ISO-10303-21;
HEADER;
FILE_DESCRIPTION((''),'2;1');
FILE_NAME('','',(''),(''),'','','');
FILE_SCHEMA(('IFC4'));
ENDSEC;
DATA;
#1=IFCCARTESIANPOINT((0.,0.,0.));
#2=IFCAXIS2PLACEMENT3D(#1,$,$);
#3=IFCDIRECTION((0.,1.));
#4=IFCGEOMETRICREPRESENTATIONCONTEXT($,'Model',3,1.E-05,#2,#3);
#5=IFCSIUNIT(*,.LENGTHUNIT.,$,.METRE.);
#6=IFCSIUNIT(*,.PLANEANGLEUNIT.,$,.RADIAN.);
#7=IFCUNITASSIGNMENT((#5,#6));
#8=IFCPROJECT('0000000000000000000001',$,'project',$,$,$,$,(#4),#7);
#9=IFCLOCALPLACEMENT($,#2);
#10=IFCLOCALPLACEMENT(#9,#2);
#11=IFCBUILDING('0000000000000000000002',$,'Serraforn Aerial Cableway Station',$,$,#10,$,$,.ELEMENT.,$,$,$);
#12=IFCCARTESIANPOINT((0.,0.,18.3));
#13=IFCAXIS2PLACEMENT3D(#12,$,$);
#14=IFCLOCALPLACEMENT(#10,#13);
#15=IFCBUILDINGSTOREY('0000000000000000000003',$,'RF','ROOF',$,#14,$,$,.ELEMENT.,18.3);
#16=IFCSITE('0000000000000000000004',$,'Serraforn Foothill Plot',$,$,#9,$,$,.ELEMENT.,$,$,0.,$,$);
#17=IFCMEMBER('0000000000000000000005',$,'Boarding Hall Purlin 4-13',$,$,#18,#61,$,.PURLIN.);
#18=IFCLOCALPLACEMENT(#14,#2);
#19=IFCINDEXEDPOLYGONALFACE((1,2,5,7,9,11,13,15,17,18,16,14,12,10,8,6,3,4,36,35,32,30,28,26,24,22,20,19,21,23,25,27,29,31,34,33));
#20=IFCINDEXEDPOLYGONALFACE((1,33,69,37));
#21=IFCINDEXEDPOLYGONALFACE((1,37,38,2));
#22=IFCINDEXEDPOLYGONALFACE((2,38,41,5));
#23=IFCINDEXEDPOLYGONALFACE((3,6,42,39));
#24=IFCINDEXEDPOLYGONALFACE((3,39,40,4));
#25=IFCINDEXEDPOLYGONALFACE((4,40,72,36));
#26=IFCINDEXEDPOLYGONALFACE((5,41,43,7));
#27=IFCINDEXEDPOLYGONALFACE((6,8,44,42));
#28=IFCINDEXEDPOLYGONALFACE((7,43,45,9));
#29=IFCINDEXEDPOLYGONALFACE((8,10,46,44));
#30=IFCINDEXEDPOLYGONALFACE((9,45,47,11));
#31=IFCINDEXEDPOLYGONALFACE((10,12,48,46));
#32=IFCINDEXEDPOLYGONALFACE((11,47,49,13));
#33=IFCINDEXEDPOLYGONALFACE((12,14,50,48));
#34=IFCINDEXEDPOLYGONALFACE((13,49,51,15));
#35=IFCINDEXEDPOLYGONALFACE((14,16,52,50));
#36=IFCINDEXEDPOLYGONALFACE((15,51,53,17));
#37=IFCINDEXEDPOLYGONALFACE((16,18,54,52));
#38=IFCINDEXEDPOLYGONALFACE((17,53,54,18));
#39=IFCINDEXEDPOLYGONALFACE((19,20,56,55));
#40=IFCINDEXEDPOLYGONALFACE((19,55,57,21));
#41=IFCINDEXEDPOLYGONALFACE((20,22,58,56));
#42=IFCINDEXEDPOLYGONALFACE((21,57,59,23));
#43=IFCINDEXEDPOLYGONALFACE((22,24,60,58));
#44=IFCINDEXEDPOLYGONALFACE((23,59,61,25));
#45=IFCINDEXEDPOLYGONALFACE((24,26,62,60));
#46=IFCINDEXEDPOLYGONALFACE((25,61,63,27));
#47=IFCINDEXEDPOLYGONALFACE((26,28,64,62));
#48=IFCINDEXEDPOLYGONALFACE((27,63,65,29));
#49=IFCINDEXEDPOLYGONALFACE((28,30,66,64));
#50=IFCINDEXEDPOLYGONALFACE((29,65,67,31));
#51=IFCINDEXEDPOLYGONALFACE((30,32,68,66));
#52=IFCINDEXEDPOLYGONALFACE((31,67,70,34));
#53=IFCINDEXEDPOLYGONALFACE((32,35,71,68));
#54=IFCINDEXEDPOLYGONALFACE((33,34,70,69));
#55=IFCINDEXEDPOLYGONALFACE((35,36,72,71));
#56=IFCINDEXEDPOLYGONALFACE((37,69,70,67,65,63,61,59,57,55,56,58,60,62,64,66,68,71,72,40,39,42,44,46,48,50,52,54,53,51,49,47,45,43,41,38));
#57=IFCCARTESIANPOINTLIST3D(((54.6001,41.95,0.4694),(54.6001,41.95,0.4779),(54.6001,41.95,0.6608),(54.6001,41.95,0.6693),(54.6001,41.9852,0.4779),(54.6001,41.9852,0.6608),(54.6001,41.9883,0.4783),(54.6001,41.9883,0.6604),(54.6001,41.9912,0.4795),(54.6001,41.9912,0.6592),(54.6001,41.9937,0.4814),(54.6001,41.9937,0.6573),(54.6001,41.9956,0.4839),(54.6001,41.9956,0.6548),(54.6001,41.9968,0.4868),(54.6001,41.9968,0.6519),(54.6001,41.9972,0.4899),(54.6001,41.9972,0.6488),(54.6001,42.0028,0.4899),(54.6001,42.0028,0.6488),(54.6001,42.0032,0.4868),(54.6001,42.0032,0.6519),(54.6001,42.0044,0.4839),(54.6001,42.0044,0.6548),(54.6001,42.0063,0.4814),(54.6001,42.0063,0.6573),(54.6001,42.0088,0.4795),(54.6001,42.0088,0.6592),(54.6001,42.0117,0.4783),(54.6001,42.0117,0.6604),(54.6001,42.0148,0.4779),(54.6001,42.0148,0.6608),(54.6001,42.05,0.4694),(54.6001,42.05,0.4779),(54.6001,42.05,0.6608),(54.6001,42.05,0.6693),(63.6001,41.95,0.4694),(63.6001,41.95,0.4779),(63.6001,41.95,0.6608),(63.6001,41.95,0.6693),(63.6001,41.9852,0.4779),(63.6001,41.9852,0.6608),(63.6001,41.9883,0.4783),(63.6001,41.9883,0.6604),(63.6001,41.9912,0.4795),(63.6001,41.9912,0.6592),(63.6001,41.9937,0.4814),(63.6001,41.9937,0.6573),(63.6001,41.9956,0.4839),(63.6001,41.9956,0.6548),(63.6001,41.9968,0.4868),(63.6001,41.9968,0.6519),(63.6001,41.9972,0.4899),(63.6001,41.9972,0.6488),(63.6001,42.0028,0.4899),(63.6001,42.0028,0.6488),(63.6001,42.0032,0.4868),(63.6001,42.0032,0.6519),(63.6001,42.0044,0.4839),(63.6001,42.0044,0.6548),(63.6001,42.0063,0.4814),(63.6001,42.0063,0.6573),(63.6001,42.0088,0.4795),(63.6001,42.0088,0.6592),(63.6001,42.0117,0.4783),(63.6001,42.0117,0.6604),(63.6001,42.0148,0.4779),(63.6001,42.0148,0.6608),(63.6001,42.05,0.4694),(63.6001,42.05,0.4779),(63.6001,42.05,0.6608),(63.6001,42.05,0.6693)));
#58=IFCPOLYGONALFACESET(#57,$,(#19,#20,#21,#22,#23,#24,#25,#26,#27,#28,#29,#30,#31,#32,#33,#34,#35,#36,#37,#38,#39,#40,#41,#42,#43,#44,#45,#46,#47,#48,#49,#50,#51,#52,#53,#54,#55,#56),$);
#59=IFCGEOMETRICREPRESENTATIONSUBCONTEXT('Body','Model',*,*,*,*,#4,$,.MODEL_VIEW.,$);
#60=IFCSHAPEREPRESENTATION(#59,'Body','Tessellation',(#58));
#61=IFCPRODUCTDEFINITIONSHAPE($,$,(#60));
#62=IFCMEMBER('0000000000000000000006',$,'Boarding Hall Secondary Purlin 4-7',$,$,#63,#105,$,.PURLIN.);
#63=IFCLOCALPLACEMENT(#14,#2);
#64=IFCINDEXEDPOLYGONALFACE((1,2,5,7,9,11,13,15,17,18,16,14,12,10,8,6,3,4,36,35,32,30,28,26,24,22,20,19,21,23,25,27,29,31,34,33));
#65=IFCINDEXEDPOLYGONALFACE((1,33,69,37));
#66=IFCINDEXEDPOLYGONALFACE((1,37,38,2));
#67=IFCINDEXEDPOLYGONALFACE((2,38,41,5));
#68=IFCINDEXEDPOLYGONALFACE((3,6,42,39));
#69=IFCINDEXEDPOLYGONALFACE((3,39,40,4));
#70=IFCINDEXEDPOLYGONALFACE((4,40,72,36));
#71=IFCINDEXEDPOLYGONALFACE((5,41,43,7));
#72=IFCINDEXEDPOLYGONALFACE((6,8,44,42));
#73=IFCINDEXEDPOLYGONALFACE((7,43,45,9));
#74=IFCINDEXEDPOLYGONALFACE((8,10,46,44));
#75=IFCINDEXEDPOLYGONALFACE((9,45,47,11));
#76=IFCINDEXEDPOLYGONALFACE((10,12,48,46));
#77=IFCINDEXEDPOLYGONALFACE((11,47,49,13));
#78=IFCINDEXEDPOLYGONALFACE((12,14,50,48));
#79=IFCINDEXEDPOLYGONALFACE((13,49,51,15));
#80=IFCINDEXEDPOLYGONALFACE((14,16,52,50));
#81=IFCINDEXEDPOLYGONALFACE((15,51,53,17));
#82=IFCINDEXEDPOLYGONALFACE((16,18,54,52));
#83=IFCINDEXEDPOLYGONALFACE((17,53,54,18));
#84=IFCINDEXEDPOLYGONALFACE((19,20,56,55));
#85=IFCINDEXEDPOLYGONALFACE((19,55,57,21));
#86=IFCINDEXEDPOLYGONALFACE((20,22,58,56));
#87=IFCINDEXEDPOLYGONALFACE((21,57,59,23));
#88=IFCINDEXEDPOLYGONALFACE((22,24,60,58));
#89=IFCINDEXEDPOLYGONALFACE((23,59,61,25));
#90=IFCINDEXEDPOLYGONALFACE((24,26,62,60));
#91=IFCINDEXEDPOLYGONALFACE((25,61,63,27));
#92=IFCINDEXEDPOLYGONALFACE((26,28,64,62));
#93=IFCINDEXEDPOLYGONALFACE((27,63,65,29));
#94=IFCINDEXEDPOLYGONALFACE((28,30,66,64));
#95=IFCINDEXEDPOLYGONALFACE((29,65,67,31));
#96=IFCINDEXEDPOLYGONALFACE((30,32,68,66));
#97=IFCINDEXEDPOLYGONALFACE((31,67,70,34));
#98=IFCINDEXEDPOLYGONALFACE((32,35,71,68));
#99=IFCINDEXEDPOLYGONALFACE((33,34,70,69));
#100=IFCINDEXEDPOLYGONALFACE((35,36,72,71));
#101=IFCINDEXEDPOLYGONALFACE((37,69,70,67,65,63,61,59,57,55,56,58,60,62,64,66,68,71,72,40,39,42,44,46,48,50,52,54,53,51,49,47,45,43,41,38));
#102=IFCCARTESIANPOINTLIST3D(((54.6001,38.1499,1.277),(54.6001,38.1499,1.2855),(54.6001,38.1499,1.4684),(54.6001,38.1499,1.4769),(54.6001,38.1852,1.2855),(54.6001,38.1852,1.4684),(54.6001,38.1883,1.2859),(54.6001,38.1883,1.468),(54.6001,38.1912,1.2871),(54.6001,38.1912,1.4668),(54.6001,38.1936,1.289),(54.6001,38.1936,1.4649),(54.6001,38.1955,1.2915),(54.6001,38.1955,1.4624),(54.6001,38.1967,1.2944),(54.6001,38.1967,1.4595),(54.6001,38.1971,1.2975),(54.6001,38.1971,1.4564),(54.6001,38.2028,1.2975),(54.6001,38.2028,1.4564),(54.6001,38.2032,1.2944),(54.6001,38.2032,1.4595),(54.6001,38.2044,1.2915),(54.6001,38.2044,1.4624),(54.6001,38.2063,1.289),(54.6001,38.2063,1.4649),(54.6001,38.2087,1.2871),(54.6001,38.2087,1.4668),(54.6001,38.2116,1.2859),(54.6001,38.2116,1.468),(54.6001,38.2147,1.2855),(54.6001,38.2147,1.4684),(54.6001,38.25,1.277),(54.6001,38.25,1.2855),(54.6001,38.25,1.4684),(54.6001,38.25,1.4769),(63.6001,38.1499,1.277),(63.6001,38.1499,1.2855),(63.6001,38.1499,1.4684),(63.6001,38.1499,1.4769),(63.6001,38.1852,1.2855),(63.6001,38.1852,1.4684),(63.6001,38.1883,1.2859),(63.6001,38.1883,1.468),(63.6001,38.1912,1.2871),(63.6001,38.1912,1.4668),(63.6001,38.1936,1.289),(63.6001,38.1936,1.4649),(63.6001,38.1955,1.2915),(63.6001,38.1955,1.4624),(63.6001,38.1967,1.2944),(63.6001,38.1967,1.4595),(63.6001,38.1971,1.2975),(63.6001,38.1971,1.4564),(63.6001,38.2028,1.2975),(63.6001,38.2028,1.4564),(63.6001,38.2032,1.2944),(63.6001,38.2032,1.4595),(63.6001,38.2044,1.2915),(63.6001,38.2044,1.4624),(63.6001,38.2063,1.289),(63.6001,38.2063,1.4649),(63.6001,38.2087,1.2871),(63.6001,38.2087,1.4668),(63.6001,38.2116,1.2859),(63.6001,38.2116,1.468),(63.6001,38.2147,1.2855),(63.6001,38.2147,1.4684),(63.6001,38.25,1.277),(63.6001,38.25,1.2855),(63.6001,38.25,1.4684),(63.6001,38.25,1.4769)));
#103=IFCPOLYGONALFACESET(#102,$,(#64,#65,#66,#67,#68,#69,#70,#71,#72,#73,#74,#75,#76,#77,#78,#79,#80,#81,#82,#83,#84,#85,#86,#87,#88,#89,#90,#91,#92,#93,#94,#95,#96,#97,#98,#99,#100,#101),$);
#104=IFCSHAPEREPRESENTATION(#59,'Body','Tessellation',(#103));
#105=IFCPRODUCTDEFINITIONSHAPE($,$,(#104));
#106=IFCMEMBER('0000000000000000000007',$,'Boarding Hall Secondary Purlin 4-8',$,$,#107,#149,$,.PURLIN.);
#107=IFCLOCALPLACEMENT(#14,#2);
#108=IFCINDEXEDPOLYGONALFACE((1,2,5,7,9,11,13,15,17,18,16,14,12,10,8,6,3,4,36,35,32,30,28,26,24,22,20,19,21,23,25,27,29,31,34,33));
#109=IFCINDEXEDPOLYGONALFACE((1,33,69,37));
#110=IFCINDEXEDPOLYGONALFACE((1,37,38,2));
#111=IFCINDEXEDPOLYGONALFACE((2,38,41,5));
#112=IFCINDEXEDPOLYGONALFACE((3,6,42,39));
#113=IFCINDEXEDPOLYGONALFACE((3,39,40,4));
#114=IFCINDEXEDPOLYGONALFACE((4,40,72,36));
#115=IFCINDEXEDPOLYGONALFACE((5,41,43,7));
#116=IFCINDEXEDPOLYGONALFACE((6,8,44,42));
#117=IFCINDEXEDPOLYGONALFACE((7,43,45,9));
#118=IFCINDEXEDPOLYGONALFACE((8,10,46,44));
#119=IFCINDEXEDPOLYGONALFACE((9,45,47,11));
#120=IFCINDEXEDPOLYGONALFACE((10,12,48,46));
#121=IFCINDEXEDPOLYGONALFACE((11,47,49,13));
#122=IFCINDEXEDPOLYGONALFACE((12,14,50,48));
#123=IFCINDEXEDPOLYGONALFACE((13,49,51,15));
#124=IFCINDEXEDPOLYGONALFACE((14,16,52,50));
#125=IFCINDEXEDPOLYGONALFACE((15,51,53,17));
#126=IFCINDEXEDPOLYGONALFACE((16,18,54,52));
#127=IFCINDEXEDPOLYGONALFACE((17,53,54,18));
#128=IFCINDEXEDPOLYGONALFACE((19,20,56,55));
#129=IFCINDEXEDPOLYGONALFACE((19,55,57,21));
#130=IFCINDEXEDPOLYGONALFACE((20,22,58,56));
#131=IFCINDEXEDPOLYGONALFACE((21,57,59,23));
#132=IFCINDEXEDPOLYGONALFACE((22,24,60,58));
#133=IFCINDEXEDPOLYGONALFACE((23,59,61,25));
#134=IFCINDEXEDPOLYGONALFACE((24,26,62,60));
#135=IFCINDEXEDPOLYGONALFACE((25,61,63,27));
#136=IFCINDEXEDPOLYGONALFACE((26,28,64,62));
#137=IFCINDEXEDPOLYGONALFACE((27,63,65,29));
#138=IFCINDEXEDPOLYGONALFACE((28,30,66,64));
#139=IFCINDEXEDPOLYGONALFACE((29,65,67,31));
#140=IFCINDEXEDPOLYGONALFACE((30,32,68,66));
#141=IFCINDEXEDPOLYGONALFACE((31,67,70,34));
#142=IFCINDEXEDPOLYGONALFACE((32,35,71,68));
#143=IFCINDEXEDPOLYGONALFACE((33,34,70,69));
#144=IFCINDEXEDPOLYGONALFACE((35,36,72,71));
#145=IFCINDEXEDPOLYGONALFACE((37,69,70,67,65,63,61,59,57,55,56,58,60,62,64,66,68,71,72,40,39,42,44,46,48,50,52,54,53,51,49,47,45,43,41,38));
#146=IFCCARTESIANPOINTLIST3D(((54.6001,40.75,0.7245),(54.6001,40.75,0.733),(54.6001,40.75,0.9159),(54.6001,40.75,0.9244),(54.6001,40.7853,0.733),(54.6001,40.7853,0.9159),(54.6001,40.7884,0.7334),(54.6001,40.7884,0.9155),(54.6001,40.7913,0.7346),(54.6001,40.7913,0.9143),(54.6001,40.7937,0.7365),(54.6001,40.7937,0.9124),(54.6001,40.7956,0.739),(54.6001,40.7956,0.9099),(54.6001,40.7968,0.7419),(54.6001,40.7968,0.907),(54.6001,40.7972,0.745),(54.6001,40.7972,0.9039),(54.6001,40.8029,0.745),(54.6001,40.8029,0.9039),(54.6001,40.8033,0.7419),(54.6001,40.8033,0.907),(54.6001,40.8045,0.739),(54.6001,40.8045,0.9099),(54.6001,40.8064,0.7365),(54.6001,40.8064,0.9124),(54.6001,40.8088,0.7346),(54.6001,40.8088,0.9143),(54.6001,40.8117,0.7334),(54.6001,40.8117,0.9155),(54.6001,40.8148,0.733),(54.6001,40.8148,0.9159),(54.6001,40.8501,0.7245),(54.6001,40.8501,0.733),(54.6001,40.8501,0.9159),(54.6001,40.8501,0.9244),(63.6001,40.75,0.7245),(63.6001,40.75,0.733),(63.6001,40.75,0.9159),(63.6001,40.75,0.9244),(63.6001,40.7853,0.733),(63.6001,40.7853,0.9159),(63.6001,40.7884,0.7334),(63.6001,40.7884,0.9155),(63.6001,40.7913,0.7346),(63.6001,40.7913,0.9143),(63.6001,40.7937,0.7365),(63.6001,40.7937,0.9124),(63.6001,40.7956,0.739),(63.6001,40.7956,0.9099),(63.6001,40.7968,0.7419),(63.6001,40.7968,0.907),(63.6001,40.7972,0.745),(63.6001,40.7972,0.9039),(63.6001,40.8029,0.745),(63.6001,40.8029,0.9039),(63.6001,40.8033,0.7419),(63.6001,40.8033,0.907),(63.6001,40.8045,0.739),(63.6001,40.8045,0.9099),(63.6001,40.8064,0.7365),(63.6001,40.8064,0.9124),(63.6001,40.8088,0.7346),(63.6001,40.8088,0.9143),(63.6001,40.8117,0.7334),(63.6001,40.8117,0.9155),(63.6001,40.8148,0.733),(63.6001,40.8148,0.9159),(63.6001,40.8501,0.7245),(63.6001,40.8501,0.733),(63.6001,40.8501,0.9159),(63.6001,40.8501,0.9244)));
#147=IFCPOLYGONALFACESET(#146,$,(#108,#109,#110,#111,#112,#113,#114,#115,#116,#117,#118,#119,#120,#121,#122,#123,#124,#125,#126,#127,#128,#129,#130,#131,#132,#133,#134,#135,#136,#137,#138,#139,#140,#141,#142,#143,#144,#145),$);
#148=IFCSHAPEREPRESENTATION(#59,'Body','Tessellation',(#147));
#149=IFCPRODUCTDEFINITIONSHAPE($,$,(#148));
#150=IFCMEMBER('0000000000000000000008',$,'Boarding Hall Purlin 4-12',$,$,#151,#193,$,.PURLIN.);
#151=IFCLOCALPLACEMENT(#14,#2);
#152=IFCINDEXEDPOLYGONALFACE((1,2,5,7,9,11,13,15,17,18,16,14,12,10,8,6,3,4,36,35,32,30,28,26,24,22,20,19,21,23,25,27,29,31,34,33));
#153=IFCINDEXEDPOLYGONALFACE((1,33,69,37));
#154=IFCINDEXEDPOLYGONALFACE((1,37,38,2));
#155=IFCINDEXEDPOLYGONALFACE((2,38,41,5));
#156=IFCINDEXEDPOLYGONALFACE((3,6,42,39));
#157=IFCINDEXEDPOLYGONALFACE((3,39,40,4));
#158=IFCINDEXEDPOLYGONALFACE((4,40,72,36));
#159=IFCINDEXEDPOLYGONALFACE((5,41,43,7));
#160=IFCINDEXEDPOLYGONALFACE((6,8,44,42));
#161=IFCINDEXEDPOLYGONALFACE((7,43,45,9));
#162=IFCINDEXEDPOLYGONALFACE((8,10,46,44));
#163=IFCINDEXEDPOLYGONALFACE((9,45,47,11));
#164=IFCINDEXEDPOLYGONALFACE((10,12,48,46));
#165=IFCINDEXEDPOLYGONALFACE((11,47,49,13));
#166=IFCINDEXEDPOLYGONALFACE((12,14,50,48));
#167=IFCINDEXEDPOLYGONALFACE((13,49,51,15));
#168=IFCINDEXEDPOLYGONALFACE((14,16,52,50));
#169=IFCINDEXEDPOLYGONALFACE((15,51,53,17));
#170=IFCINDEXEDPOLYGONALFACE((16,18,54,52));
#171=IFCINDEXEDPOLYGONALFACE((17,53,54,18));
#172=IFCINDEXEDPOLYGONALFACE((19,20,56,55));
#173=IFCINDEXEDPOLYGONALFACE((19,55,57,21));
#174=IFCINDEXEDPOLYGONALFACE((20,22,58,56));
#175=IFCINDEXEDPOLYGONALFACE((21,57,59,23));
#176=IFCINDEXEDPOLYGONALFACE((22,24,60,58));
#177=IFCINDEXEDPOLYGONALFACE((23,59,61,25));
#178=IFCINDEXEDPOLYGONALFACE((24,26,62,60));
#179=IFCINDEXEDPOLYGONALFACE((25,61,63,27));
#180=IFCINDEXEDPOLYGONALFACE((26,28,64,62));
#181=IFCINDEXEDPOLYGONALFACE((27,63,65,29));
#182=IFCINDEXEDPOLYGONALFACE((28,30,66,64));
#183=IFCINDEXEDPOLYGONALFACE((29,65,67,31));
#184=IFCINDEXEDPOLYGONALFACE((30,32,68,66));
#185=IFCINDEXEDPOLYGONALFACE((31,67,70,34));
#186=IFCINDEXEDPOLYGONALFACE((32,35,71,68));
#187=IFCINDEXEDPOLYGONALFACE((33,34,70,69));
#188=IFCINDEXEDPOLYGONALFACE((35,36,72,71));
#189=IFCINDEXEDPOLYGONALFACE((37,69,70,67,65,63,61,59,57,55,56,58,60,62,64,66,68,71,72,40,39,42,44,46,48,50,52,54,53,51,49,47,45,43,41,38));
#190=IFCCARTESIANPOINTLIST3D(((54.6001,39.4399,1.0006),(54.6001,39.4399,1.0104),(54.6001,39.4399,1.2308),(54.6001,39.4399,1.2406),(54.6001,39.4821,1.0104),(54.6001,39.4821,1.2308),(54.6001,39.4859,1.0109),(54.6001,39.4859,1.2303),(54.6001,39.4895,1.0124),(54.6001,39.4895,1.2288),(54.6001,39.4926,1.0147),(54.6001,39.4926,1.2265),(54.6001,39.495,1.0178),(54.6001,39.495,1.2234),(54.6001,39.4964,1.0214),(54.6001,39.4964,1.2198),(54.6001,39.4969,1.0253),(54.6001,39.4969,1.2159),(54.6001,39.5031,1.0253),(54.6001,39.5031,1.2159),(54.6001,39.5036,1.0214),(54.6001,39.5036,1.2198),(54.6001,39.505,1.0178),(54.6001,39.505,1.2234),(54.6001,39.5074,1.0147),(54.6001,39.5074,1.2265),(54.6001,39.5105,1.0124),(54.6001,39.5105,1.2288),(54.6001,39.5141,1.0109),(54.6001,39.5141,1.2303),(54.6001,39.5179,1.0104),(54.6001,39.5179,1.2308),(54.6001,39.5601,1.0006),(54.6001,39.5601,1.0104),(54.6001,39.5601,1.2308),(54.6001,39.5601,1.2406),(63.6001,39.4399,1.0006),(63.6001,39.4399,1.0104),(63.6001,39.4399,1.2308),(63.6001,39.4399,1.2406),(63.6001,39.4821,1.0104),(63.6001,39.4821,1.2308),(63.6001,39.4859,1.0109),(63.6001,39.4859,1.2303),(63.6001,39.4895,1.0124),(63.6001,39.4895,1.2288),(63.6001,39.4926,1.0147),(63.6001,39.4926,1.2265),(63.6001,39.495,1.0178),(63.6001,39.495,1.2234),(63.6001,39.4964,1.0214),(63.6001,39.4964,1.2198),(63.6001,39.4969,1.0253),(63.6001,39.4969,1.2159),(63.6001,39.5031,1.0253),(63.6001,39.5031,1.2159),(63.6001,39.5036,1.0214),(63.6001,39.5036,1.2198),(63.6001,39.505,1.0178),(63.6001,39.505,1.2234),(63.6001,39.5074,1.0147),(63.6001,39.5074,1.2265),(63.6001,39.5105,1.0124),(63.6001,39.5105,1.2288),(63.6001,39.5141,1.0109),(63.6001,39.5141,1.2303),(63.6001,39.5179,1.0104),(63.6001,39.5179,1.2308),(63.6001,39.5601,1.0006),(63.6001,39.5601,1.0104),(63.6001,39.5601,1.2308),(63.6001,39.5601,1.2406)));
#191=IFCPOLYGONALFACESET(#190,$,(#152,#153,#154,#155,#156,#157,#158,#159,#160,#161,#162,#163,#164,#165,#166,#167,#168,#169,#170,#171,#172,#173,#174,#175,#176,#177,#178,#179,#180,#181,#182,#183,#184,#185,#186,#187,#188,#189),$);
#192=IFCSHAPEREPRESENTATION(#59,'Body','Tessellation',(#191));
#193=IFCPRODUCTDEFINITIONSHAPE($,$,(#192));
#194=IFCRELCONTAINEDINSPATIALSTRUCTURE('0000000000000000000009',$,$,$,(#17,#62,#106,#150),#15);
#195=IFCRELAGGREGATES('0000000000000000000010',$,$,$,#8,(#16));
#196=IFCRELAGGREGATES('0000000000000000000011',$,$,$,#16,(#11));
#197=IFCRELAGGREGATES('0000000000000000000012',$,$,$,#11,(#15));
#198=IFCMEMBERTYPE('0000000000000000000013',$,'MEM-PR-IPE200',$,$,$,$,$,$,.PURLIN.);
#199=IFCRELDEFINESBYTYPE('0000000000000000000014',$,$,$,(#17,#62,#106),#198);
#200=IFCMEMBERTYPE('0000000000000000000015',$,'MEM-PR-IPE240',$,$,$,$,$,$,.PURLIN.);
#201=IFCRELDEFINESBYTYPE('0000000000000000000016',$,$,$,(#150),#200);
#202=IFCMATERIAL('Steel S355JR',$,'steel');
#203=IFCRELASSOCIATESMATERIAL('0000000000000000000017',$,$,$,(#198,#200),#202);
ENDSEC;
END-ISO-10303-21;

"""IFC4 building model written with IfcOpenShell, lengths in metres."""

from ifc_helpers import new_model, si_unit, direction, frame, origin, origin_2d, place, context, subcontext, project, spatial, i_section, extrude, material, material_profile, profile_set, type_object, element, save


model = new_model("IFC4")

# Units and contexts
model_context = context("Model", 3, precision=1e-05, world=origin(), true_north=direction((0.0, 1.0)))
body_context = subcontext(model_context, "Body", "Model", "MODEL_VIEW")
ifc_project = project(units=[si_unit("LENGTHUNIT", "METRE"), si_unit("PLANEANGLEUNIT", "RADIAN")], contexts=[model_context])

# Site, building, storey
site_placement = place(None, origin())
site = spatial("IfcSite", under=ifc_project, at=site_placement, Name="Serraforn Foothill Plot", CompositionType="ELEMENT", RefElevation=0.0)
building_placement = place(site_placement, origin())
building = spatial("IfcBuilding", under=site, at=building_placement, Name="Serraforn Aerial Cableway Station", CompositionType="ELEMENT")
storey_placement = place(building_placement, frame((0.0, 0.0, 18.3)))
storey = spatial("IfcBuildingStorey", under=building, at=storey_placement, Name="RF", Description="ROOF", CompositionType="ELEMENT", Elevation=18.3)

# Members
ifc_material_1 = material(Name="Steel S355JR", Category="steel")
ifc_material_profile_1 = material_profile(ifc_material_1, i_section(OverallWidth=0.1001, OverallDepth=0.2, WebThickness=0.0056, FlangeThickness=0.0085, FilletRadius=0.012, at=origin_2d()), Name="IPE 200")
ifc_profile_set_1 = profile_set([ifc_material_profile_1], Name="Steel S355JR")
member_type_1 = type_object("IfcMemberType", Name="MEM-PR-IPE200", PredefinedType="PURLIN", material=ifc_profile_set_1)
for number, where, z_axis, x_axis, name in (
    (1, (54.6001, 42.0, 0.5693), (1.0, 0.0, 0.0), (0.0, 1.0, 0.0), "Boarding Hall Purlin 4-13"),
    (2, (54.6001, 38.2, 1.377), (1.0, 0.0, 0.0), (0.0, 1.0, 0.0), "Boarding Hall Secondary Purlin 4-7"),
    (3, (54.6001, 40.8, 0.8245), (1.0, 0.0, 0.0), (0.0, 1.0, 0.0), "Boarding Hall Secondary Purlin 4-8"),
):
    element("IfcMember", number, at=place(storey_placement, frame(where, z_axis=z_axis, x_axis=x_axis)), inside=storey, type_object=member_type_1, Name=name, PredefinedType="PURLIN", context=body_context, shape_type="SweptSolid", body=[
        extrude(i_section(OverallWidth=0.1001, OverallDepth=0.2, WebThickness=0.0056, FlangeThickness=0.0085, FilletRadius=0.012, at=origin_2d()), origin(), (0.0, 0.0, 1.0), 9.0),
    ])
ifc_material_profile_2 = material_profile(ifc_material_1, i_section(OverallWidth=0.1201, OverallDepth=0.24, WebThickness=0.0061, FlangeThickness=0.0098, FilletRadius=0.0149, at=origin_2d()), Name="IPE 240")
ifc_profile_set_2 = profile_set([ifc_material_profile_2], Name="Steel S355JR")
member_type_2 = type_object("IfcMemberType", Name="MEM-PR-IPE240", PredefinedType="PURLIN", material=ifc_profile_set_2)
member_1_placement = place(storey_placement, frame((54.6001, 39.5, 1.1206), z_axis=(1.0, 0.0, 0.0), x_axis=(0.0, 1.0, 0.0)))
element("IfcMember", 4, at=member_1_placement, inside=storey, type_object=member_type_2, Name="Boarding Hall Purlin 4-12", PredefinedType="PURLIN", context=body_context, shape_type="SweptSolid", body=[
    extrude(i_section(OverallWidth=0.1201, OverallDepth=0.24, WebThickness=0.0061, FlangeThickness=0.0098, FilletRadius=0.0149, at=origin_2d()), origin(), (0.0, 0.0, 1.0), 9.0),
])

save(model, "model.ifc")
